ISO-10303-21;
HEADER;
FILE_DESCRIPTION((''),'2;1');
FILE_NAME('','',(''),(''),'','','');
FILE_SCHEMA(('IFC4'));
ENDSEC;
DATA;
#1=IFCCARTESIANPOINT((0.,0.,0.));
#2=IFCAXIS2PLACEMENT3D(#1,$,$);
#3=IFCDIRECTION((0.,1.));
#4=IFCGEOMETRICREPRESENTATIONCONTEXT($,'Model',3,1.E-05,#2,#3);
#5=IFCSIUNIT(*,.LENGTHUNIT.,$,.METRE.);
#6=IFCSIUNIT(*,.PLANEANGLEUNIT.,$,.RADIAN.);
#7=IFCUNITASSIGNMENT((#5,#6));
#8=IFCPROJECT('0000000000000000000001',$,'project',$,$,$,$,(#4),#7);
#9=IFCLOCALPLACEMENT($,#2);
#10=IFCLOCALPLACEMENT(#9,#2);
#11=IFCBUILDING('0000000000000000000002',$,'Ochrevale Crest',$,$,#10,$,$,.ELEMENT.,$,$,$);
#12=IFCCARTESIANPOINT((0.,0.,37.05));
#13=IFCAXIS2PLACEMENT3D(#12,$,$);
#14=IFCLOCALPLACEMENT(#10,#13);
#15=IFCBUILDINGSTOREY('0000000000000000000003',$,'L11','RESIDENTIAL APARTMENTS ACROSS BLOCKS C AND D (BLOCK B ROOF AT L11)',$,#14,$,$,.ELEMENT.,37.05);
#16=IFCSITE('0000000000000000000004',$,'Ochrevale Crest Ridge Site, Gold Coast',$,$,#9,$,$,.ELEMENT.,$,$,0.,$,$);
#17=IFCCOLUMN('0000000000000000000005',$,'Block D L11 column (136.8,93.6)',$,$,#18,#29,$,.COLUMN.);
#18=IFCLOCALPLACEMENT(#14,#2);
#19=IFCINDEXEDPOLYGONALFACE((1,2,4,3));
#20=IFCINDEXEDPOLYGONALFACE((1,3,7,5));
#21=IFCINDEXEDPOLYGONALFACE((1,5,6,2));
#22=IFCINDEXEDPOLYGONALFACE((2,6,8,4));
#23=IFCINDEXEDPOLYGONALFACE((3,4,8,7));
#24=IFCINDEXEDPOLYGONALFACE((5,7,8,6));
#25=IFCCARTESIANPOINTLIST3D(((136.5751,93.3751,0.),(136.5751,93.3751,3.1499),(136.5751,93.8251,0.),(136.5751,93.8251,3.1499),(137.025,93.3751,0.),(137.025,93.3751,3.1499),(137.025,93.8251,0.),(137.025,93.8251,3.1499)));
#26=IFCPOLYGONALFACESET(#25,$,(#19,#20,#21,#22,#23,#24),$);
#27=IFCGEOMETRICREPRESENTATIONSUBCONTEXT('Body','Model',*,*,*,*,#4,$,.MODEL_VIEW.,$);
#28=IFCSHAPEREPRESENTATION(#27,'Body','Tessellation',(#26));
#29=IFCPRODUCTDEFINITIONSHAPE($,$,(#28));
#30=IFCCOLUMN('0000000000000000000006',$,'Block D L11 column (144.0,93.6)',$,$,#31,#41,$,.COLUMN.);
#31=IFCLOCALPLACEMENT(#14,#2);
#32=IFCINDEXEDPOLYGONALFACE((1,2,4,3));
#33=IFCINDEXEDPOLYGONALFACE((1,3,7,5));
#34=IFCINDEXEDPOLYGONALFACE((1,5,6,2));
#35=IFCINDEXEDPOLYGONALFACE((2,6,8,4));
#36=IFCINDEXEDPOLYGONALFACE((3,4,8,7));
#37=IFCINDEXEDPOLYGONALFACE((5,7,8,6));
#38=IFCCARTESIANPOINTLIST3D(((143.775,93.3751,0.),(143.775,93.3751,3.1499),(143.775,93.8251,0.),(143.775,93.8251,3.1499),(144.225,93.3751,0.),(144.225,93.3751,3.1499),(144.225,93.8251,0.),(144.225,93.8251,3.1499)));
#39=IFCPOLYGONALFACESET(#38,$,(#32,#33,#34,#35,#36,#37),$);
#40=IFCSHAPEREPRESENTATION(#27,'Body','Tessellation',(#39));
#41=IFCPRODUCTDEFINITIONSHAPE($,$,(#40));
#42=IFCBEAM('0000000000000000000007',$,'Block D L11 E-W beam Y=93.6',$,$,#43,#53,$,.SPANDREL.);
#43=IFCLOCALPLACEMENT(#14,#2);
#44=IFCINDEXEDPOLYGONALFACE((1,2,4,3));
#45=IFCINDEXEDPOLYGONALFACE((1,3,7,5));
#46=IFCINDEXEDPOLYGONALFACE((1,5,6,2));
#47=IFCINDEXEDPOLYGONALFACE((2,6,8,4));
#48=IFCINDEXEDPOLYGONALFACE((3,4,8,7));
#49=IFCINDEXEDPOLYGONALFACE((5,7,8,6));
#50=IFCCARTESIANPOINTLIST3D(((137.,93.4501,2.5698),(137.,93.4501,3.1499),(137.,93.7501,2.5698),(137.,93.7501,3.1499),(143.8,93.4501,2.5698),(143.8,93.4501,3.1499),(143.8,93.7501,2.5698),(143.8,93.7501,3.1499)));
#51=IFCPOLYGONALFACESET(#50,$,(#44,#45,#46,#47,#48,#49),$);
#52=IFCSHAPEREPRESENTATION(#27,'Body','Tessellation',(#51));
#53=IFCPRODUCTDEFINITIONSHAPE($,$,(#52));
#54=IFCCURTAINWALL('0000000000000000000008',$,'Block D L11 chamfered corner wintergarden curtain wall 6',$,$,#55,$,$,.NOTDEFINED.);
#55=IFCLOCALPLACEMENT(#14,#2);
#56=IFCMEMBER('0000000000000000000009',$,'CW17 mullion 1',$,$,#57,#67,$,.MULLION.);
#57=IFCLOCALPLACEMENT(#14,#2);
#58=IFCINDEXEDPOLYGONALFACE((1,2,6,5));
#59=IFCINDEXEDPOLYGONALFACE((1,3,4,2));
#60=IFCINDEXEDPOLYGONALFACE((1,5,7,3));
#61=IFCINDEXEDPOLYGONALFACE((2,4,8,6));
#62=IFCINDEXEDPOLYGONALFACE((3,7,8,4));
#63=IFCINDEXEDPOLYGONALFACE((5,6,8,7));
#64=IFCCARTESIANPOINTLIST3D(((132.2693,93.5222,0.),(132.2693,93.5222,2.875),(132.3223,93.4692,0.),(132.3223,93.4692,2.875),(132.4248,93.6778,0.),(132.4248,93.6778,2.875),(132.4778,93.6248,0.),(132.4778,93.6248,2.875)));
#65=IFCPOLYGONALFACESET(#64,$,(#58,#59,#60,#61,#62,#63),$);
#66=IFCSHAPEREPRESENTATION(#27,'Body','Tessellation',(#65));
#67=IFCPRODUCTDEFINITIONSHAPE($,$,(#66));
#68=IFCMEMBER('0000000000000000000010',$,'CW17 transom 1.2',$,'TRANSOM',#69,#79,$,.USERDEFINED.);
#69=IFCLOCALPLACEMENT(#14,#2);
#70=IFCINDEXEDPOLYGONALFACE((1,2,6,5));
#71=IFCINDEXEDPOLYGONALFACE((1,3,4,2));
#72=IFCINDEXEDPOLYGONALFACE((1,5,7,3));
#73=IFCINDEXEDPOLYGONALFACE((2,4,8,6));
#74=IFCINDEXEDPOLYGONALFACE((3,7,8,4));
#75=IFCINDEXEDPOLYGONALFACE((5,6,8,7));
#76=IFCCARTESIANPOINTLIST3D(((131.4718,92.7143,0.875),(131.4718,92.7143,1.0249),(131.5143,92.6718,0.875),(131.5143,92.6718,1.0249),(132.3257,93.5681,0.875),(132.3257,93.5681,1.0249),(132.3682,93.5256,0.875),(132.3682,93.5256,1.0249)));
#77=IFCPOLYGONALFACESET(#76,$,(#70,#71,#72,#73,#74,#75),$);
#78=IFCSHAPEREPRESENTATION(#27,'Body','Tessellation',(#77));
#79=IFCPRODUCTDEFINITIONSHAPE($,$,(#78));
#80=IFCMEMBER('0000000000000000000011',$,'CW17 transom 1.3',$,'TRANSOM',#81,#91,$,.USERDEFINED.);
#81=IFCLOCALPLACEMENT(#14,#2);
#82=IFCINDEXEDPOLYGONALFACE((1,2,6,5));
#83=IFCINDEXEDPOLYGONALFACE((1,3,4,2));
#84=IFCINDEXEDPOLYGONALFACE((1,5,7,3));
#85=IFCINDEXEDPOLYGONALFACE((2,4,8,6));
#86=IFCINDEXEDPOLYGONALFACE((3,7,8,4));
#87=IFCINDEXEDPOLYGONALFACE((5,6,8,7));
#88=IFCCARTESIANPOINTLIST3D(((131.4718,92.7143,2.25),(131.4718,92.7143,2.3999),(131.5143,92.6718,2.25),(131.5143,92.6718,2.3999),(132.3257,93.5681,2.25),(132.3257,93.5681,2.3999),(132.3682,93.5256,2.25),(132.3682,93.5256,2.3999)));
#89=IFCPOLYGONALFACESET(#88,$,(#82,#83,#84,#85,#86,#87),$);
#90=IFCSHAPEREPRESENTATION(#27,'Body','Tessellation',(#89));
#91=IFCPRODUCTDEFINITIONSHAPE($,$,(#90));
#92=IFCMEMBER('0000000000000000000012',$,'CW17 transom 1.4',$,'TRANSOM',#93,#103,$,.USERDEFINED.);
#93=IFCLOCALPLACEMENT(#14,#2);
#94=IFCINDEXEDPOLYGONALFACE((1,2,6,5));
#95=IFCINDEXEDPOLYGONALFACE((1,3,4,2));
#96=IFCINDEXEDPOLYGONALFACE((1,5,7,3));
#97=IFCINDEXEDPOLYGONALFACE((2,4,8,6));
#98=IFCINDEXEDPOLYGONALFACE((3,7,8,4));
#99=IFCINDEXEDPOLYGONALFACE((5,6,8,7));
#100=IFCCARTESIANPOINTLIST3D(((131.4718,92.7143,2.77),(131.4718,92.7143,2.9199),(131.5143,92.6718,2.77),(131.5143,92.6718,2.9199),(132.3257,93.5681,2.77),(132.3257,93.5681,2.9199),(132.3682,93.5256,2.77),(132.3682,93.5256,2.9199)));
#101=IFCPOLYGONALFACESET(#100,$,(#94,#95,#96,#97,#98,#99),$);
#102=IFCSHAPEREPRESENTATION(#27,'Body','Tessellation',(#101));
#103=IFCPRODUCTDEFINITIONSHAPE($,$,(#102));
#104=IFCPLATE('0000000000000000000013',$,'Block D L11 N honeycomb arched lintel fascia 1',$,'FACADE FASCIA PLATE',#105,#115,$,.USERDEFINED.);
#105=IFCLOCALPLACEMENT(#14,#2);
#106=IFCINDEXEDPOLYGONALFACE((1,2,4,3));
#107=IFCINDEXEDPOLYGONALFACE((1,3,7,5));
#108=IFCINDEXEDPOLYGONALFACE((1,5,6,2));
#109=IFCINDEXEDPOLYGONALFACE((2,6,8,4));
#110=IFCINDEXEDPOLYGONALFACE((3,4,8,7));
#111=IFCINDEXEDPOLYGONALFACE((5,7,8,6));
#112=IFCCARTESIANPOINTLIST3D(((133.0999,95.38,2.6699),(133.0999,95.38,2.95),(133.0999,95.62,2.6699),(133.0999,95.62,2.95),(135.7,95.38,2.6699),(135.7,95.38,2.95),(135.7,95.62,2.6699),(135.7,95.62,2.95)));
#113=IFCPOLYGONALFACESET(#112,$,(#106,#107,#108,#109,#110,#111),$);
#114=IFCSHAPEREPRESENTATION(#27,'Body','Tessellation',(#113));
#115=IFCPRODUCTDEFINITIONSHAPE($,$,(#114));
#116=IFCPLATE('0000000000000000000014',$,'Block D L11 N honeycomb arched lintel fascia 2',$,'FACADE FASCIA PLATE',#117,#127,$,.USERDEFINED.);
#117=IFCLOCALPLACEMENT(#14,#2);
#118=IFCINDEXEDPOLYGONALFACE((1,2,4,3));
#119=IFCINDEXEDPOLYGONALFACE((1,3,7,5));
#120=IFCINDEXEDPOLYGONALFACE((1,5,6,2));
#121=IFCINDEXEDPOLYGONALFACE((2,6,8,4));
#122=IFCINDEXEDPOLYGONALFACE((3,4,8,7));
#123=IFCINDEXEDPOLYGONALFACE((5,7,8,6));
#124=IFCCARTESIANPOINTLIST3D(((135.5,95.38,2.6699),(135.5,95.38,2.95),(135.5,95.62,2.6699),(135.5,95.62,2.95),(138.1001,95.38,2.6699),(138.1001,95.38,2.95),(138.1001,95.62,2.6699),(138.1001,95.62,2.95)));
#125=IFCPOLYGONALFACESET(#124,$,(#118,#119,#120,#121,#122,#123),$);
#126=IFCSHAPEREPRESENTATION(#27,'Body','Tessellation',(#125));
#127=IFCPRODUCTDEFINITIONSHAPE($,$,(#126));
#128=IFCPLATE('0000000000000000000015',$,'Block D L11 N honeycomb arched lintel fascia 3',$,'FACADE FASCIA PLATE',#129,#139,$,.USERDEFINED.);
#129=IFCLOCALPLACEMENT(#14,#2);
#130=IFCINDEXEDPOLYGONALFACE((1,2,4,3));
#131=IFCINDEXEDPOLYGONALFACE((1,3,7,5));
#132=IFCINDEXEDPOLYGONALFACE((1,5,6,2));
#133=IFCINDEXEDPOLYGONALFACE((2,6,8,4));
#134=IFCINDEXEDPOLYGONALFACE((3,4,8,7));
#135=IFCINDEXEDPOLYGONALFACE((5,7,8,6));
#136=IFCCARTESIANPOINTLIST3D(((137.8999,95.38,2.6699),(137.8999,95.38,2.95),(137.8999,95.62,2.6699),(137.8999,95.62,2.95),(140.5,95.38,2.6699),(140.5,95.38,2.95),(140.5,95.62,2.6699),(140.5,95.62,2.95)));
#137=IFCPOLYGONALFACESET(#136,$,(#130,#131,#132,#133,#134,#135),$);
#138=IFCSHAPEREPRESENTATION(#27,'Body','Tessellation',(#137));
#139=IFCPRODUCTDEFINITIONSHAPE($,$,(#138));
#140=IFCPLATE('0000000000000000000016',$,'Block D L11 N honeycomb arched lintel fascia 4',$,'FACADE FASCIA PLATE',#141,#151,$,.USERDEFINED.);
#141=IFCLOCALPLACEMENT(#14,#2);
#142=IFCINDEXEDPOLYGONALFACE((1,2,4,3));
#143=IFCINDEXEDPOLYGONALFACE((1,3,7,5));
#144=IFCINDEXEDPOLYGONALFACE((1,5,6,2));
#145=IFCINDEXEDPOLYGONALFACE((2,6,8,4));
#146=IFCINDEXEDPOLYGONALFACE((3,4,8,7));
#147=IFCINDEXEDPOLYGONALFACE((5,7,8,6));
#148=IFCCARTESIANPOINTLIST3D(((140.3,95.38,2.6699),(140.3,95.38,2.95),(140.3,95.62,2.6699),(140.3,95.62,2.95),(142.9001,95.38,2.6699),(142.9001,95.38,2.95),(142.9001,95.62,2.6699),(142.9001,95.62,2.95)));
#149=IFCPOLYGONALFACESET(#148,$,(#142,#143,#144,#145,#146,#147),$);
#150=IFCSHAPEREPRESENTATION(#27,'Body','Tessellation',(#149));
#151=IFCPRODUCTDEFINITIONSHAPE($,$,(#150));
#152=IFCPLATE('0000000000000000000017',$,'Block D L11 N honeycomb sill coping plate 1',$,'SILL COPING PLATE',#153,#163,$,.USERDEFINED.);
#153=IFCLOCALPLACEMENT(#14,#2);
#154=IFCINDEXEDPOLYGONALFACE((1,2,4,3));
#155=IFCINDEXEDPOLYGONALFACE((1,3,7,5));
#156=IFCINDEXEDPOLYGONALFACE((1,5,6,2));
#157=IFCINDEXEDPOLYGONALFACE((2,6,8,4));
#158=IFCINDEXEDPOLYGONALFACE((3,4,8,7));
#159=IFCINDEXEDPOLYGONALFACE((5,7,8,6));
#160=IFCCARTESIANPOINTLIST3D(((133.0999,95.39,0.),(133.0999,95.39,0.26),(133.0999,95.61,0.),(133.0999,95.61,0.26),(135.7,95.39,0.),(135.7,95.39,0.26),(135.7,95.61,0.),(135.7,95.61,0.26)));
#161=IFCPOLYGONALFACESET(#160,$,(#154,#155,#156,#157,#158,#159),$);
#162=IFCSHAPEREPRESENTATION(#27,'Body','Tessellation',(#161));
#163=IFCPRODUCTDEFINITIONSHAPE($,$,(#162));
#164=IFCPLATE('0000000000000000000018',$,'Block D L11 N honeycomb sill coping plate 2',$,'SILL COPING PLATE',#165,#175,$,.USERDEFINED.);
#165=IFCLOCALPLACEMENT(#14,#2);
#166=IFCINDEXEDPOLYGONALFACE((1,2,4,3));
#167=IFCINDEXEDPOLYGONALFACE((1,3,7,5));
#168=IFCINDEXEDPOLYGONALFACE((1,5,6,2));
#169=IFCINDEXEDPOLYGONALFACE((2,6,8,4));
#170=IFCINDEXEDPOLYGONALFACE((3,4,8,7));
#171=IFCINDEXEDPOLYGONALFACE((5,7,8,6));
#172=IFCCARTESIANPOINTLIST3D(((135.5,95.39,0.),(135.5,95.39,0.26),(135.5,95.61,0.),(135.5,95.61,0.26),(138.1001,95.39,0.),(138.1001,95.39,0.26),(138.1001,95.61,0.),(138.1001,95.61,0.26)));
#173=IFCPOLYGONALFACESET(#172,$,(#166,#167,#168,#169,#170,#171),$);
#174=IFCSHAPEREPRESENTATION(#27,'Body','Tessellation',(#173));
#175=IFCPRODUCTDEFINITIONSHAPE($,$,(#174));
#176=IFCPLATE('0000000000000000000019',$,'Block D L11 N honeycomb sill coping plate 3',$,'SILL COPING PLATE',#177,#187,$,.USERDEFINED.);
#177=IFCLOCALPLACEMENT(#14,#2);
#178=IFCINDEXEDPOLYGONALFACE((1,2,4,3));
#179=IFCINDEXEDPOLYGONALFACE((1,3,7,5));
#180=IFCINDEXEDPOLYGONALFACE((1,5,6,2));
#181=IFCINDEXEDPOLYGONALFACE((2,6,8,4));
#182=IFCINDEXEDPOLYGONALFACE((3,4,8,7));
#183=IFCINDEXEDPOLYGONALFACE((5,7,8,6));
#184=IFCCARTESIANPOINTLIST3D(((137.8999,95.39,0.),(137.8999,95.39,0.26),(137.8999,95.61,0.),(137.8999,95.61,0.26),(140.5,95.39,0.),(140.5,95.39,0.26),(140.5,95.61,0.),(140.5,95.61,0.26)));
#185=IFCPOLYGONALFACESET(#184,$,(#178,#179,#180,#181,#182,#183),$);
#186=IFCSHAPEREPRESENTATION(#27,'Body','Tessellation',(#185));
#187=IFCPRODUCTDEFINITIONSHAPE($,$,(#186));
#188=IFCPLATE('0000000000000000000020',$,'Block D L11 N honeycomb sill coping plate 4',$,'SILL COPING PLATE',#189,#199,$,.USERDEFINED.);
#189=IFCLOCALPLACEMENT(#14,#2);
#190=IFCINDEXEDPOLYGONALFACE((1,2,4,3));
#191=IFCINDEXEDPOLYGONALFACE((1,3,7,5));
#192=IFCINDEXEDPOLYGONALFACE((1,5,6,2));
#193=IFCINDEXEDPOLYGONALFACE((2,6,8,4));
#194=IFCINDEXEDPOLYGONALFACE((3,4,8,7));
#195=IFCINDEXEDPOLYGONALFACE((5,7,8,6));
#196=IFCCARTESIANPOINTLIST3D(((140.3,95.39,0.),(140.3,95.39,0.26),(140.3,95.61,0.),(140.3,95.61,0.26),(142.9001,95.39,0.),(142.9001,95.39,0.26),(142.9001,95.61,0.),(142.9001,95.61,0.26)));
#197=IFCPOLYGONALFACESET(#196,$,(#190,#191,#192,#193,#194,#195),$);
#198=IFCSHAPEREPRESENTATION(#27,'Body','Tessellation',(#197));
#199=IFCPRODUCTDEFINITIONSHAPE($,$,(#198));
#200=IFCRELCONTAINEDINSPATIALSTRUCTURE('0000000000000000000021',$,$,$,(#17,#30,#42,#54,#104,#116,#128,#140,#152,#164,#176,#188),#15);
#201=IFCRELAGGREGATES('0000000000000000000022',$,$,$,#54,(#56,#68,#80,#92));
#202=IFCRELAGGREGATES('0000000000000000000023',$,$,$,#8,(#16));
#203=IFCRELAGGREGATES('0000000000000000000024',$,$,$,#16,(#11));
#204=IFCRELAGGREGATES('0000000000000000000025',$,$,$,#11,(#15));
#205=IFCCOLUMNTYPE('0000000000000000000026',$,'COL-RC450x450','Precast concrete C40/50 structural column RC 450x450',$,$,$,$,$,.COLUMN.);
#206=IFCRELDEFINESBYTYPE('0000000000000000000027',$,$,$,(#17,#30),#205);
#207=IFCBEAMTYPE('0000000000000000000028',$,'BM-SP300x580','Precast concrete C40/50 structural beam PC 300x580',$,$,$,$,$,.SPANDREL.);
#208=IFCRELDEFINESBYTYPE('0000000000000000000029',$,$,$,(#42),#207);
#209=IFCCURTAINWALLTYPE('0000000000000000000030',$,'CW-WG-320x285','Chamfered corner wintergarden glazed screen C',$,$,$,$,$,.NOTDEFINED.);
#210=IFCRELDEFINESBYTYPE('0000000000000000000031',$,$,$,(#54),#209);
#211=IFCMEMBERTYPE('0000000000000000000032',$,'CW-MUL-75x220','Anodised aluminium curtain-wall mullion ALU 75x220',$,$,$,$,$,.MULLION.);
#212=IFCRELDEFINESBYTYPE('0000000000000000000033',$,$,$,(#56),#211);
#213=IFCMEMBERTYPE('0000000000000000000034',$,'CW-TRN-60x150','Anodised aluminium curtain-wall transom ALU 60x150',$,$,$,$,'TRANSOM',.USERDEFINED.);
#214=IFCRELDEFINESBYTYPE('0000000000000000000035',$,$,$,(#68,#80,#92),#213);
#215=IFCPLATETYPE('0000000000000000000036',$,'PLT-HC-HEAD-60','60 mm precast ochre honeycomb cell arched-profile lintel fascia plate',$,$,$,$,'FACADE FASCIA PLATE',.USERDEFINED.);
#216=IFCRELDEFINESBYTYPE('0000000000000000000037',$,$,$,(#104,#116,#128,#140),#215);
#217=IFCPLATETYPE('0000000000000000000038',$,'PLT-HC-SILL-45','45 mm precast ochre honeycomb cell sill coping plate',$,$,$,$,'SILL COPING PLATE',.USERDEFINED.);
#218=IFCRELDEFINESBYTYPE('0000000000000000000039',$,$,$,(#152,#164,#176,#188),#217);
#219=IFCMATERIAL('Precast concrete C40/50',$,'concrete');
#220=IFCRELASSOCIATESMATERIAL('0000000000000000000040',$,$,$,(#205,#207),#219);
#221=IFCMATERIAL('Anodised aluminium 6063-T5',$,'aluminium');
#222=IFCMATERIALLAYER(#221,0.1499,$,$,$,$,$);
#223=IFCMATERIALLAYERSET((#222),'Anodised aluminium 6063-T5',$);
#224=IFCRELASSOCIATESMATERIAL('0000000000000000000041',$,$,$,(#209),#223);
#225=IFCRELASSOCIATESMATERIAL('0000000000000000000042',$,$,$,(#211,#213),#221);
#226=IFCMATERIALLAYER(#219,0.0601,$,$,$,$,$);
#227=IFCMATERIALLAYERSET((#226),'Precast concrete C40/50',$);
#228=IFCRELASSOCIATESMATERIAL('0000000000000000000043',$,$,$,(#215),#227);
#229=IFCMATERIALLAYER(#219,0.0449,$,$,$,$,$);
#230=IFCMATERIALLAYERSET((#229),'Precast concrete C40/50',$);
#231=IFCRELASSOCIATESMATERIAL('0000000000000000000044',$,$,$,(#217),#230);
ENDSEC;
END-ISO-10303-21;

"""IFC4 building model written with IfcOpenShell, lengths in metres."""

from ifc_helpers import new_model, si_unit, direction, frame, origin, origin_2d, place, context, subcontext, project, spatial, rectangle, extrude, material, layer, layer_set, material_profile, profile_set, type_object, element, aggregate, save


model = new_model("IFC4")

# Units and contexts
model_context = context("Model", 3, precision=1e-05, world=origin(), true_north=direction((0.0, 1.0)))
body_context = subcontext(model_context, "Body", "Model", "MODEL_VIEW")
ifc_project = project(units=[si_unit("LENGTHUNIT", "METRE"), si_unit("PLANEANGLEUNIT", "RADIAN")], contexts=[model_context])

# Site, building, storey
site_placement = place(None, origin())
site = spatial("IfcSite", under=ifc_project, at=site_placement, Name="Ochrevale Crest Ridge Site, Gold Coast", CompositionType="ELEMENT", RefElevation=0.0)
building_placement = place(site_placement, origin())
building = spatial("IfcBuilding", under=site, at=building_placement, Name="Ochrevale Crest", CompositionType="ELEMENT")
storey_placement = place(building_placement, frame((0.0, 0.0, 37.05)))
storey = spatial("IfcBuildingStorey", under=building, at=storey_placement, Name="L11", Description="RESIDENTIAL APARTMENTS ACROSS BLOCKS C AND D (BLOCK B ROOF AT L11)", CompositionType="ELEMENT", Elevation=37.05)

# Columns
ifc_material_1 = material(Name="Precast concrete C40/50", Category="concrete")
ifc_material_profile_1 = material_profile(ifc_material_1, rectangle(XDim=0.45, YDim=0.45, at=origin_2d()), Name="RC 450x450")
ifc_profile_set_1 = profile_set([ifc_material_profile_1], Name="Precast concrete C40/50")
column_type = type_object("IfcColumnType", Name="COL-RC450x450", Description="Precast concrete C40/50 structural column RC 450x450", PredefinedType="COLUMN", material=ifc_profile_set_1)
for number, where, z_axis, x_axis, name in (
    (1, (136.8, 93.6001, 0.0), (0.0, 0.0, 1.0), (1.0, 0.0, 0.0), "Block D L11 column (136.8,93.6)"),
    (2, (144.0, 93.6001, 0.0), (0.0, 0.0, 1.0), (1.0, 0.0, 0.0), "Block D L11 column (144.0,93.6)"),
):
    element("IfcColumn", number, at=place(storey_placement, frame(where, z_axis=z_axis, x_axis=x_axis)), inside=storey, type_object=column_type, Name=name, PredefinedType="COLUMN", context=body_context, shape_type="SweptSolid", body=[
        extrude(rectangle(XDim=0.45, YDim=0.45, at=origin_2d()), origin(), (0.0, 0.0, 1.0), 3.1499),
    ])

# Beam
ifc_material_profile_2 = material_profile(ifc_material_1, rectangle(XDim=0.3, YDim=0.5801, at=origin_2d()), Name="PC 300x580")
ifc_profile_set_2 = profile_set([ifc_material_profile_2], Name="Precast concrete C40/50")
beam_type = type_object("IfcBeamType", Name="BM-SP300x580", Description="Precast concrete C40/50 structural beam PC 300x580", PredefinedType="SPANDREL", material=ifc_profile_set_2)
beam_placement = place(storey_placement, frame((137.0, 93.6001, 2.8599), z_axis=(1.0, 0.0, 0.0), x_axis=(0.0, 1.0, 0.0)))
element("IfcBeam", 3, at=beam_placement, inside=storey, type_object=beam_type, Name="Block D L11 E-W beam Y=93.6", PredefinedType="SPANDREL", context=body_context, shape_type="SweptSolid", body=[
    extrude(rectangle(XDim=0.3, YDim=0.5801, at=origin_2d()), origin(), (0.0, 0.0, 1.0), 6.8),
])

# Curtain wall, members
ifc_material_2 = material(Name="Anodised aluminium 6063-T5", Category="aluminium")
ifc_layer_1 = layer(ifc_material_2, 0.1499)
ifc_layer_set_1 = layer_set([ifc_layer_1], Name="Anodised aluminium 6063-T5")
curtain_wall_type = type_object("IfcCurtainWallType", Name="CW-WG-320x285", Description="Chamfered corner wintergarden glazed screen C", PredefinedType="NOTDEFINED", material=ifc_layer_set_1)
curtain_wall_placement = place(storey_placement, origin())
curtain_wall = element("IfcCurtainWall", 4, at=curtain_wall_placement, inside=storey, type_object=curtain_wall_type, Name="Block D L11 chamfered corner wintergarden curtain wall 6", PredefinedType="NOTDEFINED")
ifc_material_profile_3 = material_profile(ifc_material_2, rectangle(XDim=0.075, YDim=0.22, at=origin_2d()), Name="ALU 75x220")
ifc_profile_set_3 = profile_set([ifc_material_profile_3], Name="Anodised aluminium 6063-T5")
member_type_1 = type_object("IfcMemberType", Name="CW-MUL-75x220", Description="Anodised aluminium curtain-wall mullion ALU 75x220", PredefinedType="MULLION", material=ifc_profile_set_3)
member_1_placement = place(storey_placement, frame((132.3735, 93.5735, 0.0), z_axis=(0.0, 0.0, 1.0), x_axis=(0.707107, -0.707107, 0.0)))
member_1 = element("IfcMember", 5, at=member_1_placement, type_object=member_type_1, Name="CW17 mullion 1", PredefinedType="MULLION", context=body_context, shape_type="SweptSolid", body=[
    extrude(rectangle(XDim=0.075, YDim=0.22, at=origin_2d()), origin(), (0.0, 0.0, 1.0), 2.875),
])
ifc_material_profile_4 = material_profile(ifc_material_2, rectangle(XDim=0.0601, YDim=0.1499, at=origin_2d()), Name="ALU 60x150")
ifc_profile_set_4 = profile_set([ifc_material_profile_4], Name="Anodised aluminium 6063-T5")
member_type_2 = type_object("IfcMemberType", Name="CW-TRN-60x150", Description="Anodised aluminium curtain-wall transom ALU 60x150", ElementType="TRANSOM", PredefinedType="USERDEFINED", material=ifc_profile_set_4)
member_2_placement = place(storey_placement, frame((132.3469, 93.5469, 0.95), z_axis=(-0.707107, -0.707107, 0.0), x_axis=(0.707107, -0.707107, 0.0)))
member_2 = element("IfcMember", 6, at=member_2_placement, type_object=member_type_2, Name="CW17 transom 1.2", ObjectType="TRANSOM", PredefinedType="USERDEFINED", context=body_context, shape_type="SweptSolid", body=[
    extrude(rectangle(XDim=0.0601, YDim=0.1499, at=origin_2d()), origin(), (0.0, 0.0, 1.0), 1.2075),
])
member_3_placement = place(storey_placement, frame((132.3469, 93.5469, 2.325), z_axis=(-0.707107, -0.707107, 0.0), x_axis=(0.707107, -0.707107, 0.0)))
member_3 = element("IfcMember", 7, at=member_3_placement, type_object=member_type_2, Name="CW17 transom 1.3", ObjectType="TRANSOM", PredefinedType="USERDEFINED", context=body_context, shape_type="SweptSolid", body=[
    extrude(rectangle(XDim=0.0601, YDim=0.1499, at=origin_2d()), origin(), (0.0, 0.0, 1.0), 1.2075),
])
member_4_placement = place(storey_placement, frame((132.3469, 93.5469, 2.845), z_axis=(-0.707107, -0.707107, 0.0), x_axis=(0.707107, -0.707107, 0.0)))
member_4 = element("IfcMember", 8, at=member_4_placement, type_object=member_type_2, Name="CW17 transom 1.4", ObjectType="TRANSOM", PredefinedType="USERDEFINED", context=body_context, shape_type="SweptSolid", body=[
    extrude(rectangle(XDim=0.0601, YDim=0.1499, at=origin_2d()), origin(), (0.0, 0.0, 1.0), 1.2075),
])
aggregate(curtain_wall, [member_1, member_2, member_3, member_4])

# Plates
ifc_layer_2 = layer(ifc_material_1, 0.0601)
ifc_layer_set_2 = layer_set([ifc_layer_2], Name="Precast concrete C40/50")
plate_type_1 = type_object("IfcPlateType", Name="PLT-HC-HEAD-60", Description="60 mm precast ochre honeycomb cell arched-profile lintel fascia plate", ElementType="FACADE FASCIA PLATE", PredefinedType="USERDEFINED", material=ifc_layer_set_2)
for number, where, z_axis, x_axis, name in (
    (9, (134.3999, 95.5, 2.6699), (0.0, 0.0, 1.0), (1.0, 0.0, 0.0), "Block D L11 N honeycomb arched lintel fascia 1"),
    (10, (136.8, 95.5, 2.6699), (0.0, 0.0, 1.0), (1.0, 0.0, 0.0), "Block D L11 N honeycomb arched lintel fascia 2"),
    (11, (139.2, 95.5, 2.6699), (0.0, 0.0, 1.0), (1.0, 0.0, 0.0), "Block D L11 N honeycomb arched lintel fascia 3"),
    (12, (141.6001, 95.5, 2.6699), (0.0, 0.0, 1.0), (1.0, 0.0, 0.0), "Block D L11 N honeycomb arched lintel fascia 4"),
):
    element("IfcPlate", number, at=place(storey_placement, frame(where, z_axis=z_axis, x_axis=x_axis)), inside=storey, type_object=plate_type_1, Name=name, ObjectType="FACADE FASCIA PLATE", PredefinedType="USERDEFINED", context=body_context, shape_type="SweptSolid", body=[
        extrude(rectangle(XDim=2.6001, YDim=0.24, at=origin_2d()), origin(), (0.0, 0.0, 1.0), 0.28),
    ])
ifc_layer_3 = layer(ifc_material_1, 0.0449)
ifc_layer_set_3 = layer_set([ifc_layer_3], Name="Precast concrete C40/50")
plate_type_2 = type_object("IfcPlateType", Name="PLT-HC-SILL-45", Description="45 mm precast ochre honeycomb cell sill coping plate", ElementType="SILL COPING PLATE", PredefinedType="USERDEFINED", material=ifc_layer_set_3)
for number, where, z_axis, x_axis, name in (
    (13, (134.3999, 95.5, 0.0), (0.0, 0.0, 1.0), (1.0, 0.0, 0.0), "Block D L11 N honeycomb sill coping plate 1"),
    (14, (136.8, 95.5, 0.0), (0.0, 0.0, 1.0), (1.0, 0.0, 0.0), "Block D L11 N honeycomb sill coping plate 2"),
    (15, (139.2, 95.5, 0.0), (0.0, 0.0, 1.0), (1.0, 0.0, 0.0), "Block D L11 N honeycomb sill coping plate 3"),
    (16, (141.6001, 95.5, 0.0), (0.0, 0.0, 1.0), (1.0, 0.0, 0.0), "Block D L11 N honeycomb sill coping plate 4"),
):
    element("IfcPlate", number, at=place(storey_placement, frame(where, z_axis=z_axis, x_axis=x_axis)), inside=storey, type_object=plate_type_2, Name=name, ObjectType="SILL COPING PLATE", PredefinedType="USERDEFINED", context=body_context, shape_type="SweptSolid", body=[
        extrude(rectangle(XDim=2.6001, YDim=0.22, at=origin_2d()), origin(), (0.0, 0.0, 1.0), 0.26),
    ])

save(model, "model.ifc")
